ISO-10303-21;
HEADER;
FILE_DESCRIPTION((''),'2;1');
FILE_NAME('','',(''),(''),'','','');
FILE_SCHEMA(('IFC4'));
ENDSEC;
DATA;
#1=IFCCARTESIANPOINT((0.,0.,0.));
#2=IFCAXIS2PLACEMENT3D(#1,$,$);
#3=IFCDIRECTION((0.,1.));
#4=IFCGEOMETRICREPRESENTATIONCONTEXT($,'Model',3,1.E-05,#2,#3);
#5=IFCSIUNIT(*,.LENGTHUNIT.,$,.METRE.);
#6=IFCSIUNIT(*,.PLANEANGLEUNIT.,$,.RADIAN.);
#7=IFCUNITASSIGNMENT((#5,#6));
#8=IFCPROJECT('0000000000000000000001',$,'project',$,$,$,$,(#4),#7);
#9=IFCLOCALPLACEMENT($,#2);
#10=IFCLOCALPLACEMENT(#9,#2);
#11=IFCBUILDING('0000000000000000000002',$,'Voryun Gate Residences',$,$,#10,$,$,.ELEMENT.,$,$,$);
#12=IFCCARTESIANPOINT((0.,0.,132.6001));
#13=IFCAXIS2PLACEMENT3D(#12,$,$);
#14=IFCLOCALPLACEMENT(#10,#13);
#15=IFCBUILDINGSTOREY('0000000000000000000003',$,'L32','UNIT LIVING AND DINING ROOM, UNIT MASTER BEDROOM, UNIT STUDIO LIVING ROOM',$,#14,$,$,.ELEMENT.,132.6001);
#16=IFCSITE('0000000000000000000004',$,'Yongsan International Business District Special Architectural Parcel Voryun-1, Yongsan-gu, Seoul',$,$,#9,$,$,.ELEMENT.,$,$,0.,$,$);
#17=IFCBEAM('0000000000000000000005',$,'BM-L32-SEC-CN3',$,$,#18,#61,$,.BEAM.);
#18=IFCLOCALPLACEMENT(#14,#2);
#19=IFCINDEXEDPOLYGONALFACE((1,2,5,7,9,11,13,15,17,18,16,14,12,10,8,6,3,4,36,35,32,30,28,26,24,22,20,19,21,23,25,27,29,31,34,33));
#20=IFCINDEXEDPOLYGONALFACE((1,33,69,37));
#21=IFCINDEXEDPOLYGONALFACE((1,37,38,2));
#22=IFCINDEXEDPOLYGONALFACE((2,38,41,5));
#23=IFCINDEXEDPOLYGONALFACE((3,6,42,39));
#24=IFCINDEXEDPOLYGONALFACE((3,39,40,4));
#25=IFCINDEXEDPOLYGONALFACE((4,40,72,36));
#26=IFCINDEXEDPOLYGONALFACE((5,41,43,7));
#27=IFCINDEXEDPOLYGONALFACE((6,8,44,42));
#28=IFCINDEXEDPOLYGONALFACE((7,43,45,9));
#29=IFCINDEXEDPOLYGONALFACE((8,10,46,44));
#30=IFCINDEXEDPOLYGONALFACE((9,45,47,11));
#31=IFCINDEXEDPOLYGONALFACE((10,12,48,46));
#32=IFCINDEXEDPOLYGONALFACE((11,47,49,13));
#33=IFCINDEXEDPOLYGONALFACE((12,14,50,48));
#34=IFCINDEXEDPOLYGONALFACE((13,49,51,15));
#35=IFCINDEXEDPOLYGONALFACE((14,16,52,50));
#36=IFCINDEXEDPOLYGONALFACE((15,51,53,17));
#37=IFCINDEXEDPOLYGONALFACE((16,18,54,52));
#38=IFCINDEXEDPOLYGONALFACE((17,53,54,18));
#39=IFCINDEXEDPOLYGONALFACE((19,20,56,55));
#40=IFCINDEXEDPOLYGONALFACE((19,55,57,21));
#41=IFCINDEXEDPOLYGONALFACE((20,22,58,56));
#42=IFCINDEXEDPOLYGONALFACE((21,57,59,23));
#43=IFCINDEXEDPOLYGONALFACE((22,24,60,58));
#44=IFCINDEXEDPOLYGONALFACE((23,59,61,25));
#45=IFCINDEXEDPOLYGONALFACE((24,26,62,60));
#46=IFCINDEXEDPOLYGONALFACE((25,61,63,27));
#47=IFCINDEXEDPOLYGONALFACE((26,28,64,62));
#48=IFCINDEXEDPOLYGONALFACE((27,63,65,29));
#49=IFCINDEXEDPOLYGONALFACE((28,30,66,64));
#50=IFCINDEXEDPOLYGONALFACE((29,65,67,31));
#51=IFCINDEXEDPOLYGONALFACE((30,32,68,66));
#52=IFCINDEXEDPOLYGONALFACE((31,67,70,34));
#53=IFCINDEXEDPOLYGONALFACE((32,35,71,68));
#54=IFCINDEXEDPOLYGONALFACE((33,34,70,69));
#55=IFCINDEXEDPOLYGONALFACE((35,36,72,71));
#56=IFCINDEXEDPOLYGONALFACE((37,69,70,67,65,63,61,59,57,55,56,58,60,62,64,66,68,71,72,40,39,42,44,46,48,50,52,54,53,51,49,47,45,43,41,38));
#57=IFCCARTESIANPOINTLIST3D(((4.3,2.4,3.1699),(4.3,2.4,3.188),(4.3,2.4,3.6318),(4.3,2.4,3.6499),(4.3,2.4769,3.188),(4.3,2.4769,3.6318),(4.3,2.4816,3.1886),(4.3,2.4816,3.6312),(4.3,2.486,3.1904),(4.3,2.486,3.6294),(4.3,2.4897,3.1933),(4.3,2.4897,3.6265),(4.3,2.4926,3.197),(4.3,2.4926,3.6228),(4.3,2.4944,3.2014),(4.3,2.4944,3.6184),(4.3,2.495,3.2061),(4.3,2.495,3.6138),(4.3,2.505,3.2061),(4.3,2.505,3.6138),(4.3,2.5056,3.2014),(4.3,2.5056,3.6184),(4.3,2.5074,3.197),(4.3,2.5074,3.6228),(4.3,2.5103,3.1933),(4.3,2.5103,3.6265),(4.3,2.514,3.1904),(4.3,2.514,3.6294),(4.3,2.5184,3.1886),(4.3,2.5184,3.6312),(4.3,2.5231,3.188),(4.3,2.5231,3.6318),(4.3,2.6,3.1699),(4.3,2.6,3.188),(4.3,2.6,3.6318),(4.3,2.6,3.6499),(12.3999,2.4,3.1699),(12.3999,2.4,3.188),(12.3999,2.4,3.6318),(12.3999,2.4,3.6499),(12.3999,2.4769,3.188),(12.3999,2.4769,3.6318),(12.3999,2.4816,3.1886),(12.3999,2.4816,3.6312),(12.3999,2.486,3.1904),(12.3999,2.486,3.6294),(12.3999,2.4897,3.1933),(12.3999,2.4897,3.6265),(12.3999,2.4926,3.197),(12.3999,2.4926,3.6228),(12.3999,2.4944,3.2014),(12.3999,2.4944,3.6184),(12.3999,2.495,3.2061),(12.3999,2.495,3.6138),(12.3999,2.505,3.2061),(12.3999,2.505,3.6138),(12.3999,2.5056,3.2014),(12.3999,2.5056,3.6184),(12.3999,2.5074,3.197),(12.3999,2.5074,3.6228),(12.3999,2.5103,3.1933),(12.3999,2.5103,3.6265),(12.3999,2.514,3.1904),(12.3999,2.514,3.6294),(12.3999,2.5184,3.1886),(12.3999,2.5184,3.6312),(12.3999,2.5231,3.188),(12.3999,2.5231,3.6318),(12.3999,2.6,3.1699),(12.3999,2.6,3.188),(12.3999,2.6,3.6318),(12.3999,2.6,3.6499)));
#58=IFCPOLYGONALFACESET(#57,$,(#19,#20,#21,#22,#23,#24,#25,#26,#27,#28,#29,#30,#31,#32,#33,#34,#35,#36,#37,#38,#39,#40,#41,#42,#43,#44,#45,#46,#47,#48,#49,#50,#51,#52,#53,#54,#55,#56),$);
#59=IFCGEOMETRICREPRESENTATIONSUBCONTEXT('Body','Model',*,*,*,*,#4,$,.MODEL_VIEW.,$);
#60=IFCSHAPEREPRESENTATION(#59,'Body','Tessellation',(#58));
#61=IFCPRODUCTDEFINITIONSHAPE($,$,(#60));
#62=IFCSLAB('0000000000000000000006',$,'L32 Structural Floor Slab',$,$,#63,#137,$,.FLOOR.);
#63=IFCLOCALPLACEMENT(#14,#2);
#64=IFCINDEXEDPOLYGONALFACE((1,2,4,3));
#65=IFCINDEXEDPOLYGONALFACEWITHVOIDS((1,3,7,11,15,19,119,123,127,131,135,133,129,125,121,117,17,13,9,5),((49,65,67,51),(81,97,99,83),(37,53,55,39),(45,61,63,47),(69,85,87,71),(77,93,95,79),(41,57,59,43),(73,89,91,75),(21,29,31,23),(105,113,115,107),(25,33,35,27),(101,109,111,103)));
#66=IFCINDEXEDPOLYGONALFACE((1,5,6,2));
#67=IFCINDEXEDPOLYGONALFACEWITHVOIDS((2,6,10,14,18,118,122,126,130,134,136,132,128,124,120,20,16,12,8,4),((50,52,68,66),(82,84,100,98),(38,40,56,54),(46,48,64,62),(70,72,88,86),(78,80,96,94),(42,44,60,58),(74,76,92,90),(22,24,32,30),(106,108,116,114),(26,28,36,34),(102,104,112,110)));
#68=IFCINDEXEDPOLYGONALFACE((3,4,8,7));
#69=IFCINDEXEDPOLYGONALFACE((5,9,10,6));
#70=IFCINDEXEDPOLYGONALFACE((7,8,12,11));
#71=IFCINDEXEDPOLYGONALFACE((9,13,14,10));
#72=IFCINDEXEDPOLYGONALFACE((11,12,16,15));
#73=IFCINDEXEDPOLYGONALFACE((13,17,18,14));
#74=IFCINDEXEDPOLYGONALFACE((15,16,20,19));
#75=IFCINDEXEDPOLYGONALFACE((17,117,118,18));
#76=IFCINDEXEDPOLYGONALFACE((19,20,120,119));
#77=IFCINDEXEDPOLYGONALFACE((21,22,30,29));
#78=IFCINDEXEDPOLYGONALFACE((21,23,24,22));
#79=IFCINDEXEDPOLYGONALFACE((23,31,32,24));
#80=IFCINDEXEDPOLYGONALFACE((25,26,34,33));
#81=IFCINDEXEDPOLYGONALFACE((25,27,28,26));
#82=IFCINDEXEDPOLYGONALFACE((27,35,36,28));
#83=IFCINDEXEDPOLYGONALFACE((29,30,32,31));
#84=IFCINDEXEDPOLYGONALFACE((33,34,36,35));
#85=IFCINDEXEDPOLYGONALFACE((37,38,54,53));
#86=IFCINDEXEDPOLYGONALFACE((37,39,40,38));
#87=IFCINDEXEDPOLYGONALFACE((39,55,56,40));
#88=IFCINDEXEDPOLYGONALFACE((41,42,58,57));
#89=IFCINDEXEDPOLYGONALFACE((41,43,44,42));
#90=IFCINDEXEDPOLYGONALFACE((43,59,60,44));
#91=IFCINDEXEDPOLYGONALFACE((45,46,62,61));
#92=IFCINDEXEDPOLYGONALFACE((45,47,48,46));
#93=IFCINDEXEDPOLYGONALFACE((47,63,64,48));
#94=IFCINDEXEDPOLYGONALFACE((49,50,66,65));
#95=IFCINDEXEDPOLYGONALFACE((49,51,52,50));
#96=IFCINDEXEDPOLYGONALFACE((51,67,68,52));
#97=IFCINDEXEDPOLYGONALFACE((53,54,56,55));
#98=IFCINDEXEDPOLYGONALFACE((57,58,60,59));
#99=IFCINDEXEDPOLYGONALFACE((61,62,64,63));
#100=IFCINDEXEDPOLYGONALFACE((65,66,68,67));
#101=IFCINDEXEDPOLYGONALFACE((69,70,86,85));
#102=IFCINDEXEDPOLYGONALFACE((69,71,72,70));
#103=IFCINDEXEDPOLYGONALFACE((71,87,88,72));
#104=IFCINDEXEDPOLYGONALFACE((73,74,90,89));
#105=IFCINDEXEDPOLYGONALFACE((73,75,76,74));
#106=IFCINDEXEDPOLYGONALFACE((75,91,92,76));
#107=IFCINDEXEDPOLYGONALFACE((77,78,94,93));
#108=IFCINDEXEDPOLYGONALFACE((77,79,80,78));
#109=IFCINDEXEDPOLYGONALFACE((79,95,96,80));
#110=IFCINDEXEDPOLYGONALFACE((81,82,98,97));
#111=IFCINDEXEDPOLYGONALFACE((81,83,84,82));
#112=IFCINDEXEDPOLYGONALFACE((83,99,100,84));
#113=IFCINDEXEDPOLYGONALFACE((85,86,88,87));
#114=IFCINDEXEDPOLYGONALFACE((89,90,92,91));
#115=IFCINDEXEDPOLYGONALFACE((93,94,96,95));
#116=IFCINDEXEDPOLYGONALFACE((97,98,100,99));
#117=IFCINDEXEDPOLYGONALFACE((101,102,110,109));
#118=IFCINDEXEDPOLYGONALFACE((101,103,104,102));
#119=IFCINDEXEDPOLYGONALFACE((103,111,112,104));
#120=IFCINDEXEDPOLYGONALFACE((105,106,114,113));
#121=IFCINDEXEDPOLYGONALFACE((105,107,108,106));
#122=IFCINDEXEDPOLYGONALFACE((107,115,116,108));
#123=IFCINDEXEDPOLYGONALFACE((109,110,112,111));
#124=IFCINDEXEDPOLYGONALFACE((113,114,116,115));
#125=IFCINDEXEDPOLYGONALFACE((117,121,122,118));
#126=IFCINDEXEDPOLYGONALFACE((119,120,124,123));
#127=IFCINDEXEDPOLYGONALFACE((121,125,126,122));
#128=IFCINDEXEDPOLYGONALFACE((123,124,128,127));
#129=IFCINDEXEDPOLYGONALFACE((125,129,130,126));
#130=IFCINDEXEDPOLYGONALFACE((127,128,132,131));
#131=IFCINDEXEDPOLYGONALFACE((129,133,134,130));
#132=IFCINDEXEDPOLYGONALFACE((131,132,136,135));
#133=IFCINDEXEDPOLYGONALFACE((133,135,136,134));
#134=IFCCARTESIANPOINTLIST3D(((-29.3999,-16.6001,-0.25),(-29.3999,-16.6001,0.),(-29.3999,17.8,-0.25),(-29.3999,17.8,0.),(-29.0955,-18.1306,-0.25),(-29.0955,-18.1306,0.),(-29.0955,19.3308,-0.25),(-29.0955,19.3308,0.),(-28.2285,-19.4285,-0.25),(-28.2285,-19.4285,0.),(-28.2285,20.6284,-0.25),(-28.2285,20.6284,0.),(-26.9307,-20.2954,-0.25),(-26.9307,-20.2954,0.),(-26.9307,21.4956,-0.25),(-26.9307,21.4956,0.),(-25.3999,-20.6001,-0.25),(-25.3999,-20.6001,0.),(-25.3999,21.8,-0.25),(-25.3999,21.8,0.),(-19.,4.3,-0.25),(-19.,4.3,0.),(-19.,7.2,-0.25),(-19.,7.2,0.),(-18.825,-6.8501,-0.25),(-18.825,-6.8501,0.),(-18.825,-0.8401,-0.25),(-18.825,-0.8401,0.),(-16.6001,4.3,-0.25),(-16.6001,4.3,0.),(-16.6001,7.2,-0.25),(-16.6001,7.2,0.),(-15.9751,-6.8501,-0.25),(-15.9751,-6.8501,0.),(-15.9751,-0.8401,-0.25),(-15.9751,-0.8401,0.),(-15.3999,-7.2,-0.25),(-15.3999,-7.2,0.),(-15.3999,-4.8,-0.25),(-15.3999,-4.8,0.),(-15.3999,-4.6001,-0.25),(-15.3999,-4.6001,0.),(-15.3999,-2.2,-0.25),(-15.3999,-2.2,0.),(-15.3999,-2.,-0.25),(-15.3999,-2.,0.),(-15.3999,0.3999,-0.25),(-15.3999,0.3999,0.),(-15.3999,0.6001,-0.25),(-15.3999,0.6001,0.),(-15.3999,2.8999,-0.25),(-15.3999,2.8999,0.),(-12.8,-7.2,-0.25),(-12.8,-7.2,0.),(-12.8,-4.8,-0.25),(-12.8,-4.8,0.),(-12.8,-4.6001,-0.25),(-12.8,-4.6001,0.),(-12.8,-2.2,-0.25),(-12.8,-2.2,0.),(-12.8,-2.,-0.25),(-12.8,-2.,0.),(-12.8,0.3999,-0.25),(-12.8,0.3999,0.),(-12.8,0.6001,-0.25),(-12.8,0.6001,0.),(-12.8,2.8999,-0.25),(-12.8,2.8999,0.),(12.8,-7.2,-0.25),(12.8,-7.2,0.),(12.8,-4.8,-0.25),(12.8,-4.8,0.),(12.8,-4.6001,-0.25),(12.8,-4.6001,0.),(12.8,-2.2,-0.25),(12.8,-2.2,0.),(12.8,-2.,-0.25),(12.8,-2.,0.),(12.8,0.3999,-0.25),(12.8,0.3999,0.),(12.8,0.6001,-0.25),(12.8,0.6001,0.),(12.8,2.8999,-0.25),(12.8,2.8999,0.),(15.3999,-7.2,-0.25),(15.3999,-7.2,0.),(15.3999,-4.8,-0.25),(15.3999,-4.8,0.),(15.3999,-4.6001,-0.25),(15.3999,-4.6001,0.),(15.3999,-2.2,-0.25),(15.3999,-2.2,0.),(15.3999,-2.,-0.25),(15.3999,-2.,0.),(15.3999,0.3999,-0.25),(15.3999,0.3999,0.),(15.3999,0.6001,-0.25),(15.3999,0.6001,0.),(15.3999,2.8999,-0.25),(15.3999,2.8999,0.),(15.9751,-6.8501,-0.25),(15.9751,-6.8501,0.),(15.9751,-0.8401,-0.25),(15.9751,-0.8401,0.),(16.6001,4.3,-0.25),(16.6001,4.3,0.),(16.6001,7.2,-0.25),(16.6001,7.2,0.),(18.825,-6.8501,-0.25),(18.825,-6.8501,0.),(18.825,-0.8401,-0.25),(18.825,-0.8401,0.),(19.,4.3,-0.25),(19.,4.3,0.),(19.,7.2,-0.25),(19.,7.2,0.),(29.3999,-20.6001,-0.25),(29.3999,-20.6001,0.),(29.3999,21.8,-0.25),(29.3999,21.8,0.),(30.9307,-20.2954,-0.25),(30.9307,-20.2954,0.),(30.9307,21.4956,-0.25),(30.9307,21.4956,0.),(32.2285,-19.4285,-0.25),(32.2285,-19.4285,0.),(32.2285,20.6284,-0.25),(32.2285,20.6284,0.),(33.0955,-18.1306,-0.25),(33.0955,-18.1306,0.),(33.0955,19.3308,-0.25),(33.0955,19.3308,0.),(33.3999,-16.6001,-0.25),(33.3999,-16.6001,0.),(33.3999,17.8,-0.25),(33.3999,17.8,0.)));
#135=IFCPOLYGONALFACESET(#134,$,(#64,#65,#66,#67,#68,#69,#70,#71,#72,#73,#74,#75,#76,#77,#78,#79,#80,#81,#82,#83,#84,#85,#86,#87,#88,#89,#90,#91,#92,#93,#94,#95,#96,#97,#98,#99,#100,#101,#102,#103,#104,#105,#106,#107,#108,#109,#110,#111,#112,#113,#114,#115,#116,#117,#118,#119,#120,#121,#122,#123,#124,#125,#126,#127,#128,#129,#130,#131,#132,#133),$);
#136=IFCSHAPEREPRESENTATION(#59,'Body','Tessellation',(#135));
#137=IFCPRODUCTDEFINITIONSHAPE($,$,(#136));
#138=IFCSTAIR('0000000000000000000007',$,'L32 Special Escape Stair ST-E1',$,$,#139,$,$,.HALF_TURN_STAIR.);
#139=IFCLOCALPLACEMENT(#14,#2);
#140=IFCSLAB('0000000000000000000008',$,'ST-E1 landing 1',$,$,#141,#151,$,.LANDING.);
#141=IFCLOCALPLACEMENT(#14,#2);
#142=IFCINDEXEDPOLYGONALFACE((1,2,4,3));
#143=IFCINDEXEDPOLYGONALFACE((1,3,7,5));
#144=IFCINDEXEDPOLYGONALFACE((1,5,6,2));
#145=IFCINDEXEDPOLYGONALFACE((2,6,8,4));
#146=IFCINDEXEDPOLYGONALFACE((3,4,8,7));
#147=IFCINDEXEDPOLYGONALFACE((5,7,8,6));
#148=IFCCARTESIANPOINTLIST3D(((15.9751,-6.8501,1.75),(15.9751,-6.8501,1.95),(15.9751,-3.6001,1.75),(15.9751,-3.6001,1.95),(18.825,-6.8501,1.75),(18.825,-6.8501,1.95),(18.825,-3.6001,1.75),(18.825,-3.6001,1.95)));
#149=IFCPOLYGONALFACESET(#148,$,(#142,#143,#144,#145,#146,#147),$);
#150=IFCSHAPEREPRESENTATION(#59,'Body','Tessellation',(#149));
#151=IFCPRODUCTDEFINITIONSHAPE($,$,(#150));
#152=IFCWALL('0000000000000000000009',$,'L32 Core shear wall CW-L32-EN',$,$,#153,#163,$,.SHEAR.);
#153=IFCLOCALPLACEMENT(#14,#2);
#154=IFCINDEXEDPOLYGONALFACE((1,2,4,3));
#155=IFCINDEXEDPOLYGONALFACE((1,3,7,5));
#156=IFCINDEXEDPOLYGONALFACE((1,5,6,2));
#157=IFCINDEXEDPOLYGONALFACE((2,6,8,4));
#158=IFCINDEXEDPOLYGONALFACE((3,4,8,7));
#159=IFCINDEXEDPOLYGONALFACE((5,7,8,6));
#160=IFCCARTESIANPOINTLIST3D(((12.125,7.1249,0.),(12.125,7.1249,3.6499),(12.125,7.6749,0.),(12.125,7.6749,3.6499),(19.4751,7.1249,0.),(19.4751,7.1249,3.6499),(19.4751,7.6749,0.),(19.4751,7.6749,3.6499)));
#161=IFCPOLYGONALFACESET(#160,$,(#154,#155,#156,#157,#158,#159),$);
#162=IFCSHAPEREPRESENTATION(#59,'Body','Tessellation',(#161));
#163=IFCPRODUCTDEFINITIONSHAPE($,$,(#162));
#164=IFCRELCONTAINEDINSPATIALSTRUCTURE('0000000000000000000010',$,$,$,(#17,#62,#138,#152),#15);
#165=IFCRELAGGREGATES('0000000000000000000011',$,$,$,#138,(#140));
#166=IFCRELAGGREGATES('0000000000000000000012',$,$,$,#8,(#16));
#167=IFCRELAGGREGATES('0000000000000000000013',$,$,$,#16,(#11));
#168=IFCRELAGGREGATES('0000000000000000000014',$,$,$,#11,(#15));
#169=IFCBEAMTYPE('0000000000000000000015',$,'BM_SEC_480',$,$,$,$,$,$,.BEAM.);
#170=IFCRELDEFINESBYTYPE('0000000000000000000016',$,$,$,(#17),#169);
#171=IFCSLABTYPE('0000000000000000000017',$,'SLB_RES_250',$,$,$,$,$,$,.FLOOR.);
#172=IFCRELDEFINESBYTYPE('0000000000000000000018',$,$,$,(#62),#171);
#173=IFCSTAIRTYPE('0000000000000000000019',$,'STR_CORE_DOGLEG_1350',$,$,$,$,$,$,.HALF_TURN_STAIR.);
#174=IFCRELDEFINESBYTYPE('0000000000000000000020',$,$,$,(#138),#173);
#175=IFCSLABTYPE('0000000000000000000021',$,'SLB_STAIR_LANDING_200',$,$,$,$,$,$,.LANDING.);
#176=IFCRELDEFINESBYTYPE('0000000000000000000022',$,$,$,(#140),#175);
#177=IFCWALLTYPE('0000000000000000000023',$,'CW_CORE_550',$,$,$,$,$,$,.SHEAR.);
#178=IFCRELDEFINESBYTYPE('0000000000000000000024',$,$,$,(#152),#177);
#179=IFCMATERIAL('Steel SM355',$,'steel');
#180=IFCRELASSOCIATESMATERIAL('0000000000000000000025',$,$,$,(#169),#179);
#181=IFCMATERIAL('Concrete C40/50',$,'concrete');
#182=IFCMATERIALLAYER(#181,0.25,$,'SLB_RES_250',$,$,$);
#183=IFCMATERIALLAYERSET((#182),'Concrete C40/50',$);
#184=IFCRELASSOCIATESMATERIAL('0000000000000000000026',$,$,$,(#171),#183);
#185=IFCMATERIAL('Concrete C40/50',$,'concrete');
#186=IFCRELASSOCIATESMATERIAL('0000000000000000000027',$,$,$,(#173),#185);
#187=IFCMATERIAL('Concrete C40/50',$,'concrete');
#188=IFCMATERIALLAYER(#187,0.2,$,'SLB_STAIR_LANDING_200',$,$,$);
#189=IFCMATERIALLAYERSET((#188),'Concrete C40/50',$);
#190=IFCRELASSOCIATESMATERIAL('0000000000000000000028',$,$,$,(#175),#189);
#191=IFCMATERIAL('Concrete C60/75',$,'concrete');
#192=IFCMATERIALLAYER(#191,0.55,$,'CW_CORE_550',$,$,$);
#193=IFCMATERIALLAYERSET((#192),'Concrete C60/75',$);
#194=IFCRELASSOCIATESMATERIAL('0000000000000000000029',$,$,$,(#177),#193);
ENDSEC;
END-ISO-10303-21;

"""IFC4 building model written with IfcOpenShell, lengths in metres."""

from ifc_helpers import new_model, si_unit, direction, frame, frame_2d, origin, origin_2d, place, context, subcontext, project, spatial, polyline, rectangle, i_section, outline, extrude, material, layer, layer_set, material_profile, profile_set, type_object, element, aggregate, save


model = new_model("IFC4")

# Units and contexts
model_context = context("Model", 3, precision=1e-05, world=origin(), true_north=direction((0.0, 1.0)))
body_context = subcontext(model_context, "Body", "Model", "MODEL_VIEW")
ifc_project = project(units=[si_unit("LENGTHUNIT", "METRE"), si_unit("PLANEANGLEUNIT", "RADIAN")], contexts=[model_context])

# Site, building, storey
site_placement = place(None, origin())
site = spatial("IfcSite", under=ifc_project, at=site_placement, Name="Yongsan International Business District Special Architectural Parcel Voryun-1, Yongsan-gu, Seoul", CompositionType="ELEMENT", RefElevation=0.0)
building_placement = place(site_placement, origin())
building = spatial("IfcBuilding", under=site, at=building_placement, Name="Voryun Gate Residences", CompositionType="ELEMENT")
storey_placement = place(building_placement, frame((0.0, 0.0, 132.6001)))
storey = spatial("IfcBuildingStorey", under=building, at=storey_placement, Name="L32", Description="UNIT LIVING AND DINING ROOM, UNIT MASTER BEDROOM, UNIT STUDIO LIVING ROOM", CompositionType="ELEMENT", Elevation=132.6001)

# Beam
ifc_material_1 = material(Name="Steel SM355", Category="steel")
ifc_material_profile_1 = material_profile(ifc_material_1, i_section(OverallWidth=0.2, OverallDepth=0.48, WebThickness=0.01, FlangeThickness=0.0181, FilletRadius=0.0181, at=origin_2d()), Name="H-480x200x10x18")
ifc_profile_set_1 = profile_set([ifc_material_profile_1], Name="Steel SM355")
beam_type_1 = type_object("IfcBeamType", Name="BM_SEC_480", PredefinedType="BEAM", material=ifc_profile_set_1)
for number, where, z_axis, x_axis, name in (
    (1, (4.3, 2.5, 3.4099), (1.0, 0.0, 0.0), (0.0, 1.0, 0.0), "BM-L32-SEC-CN3"),
):
    element("IfcBeam", number, at=place(storey_placement, frame(where, z_axis=z_axis, x_axis=x_axis)), inside=storey, type_object=beam_type_1, Name=name, PredefinedType="BEAM", context=body_context, shape_type="SweptSolid", body=[
        extrude(i_section(OverallWidth=0.2, OverallDepth=0.48, WebThickness=0.01, FlangeThickness=0.0181, FilletRadius=0.0181, at=origin_2d()), origin(), (0.0, 0.0, 1.0), 8.0999),
    ])

# Slab
ifc_material_2 = material(Name="Concrete C40/50", Category="concrete")
ifc_layer_1 = layer(ifc_material_2, 0.25, Name="SLB_RES_250")
ifc_layer_set_1 = layer_set([ifc_layer_1], Name="Concrete C40/50")
slab_type_1 = type_object("IfcSlabType", Name="SLB_RES_250", PredefinedType="FLOOR", material=ifc_layer_set_1)
slab_1_placement = place(storey_placement, frame((0.0, 0.0, -0.25)))
element("IfcSlab", 2, at=slab_1_placement, inside=storey, type_object=slab_type_1, Name="L32 Structural Floor Slab", PredefinedType="FLOOR", context=body_context, shape_type="SweptSolid", body=[
    extrude(outline(polyline([(-25.3999, -20.6001), (-26.9307, -20.2954), (-28.2285, -19.4285), (-29.0955, -18.1306), (-29.3999, -16.6001), (-29.3999, 17.8), (-29.0955, 19.3308), (-28.2285, 20.6284), (-26.9307, 21.4956), (-25.3999, 21.8), (29.3999, 21.8), (30.9307, 21.4956), (32.2285, 20.6284), (33.0955, 19.3308), (33.3999, 17.8), (33.3999, -16.6001), (33.0955, -18.1306), (32.2285, -19.4285), (30.9307, -20.2954), (29.3999, -20.6001), (-25.3999, -20.6001)]), holes=[polyline([(-12.8, -4.8), (-15.3999, -4.8), (-15.3999, -7.2), (-12.8, -7.2), (-12.8, -4.8)]), polyline([(-18.825, -6.8501), (-15.9751, -6.8501), (-15.9751, -0.8401), (-18.825, -0.8401), (-18.825, -6.8501)]), polyline([(-12.8, -4.6001), (-12.8, -2.2), (-15.3999, -2.2), (-15.3999, -4.6001), (-12.8, -4.6001)]), polyline([(-12.8, 0.3999), (-15.3999, 0.3999), (-15.3999, -2.0), (-12.8, -2.0), (-12.8, 0.3999)]), polyline([(-12.8, 0.6001), (-12.8, 2.8999), (-15.3999, 2.8999), (-15.3999, 0.6001), (-12.8, 0.6001)]), polyline([(-16.6001, 4.3), (-16.6001, 7.2), (-19.0, 7.2), (-19.0, 4.3), (-16.6001, 4.3)]), polyline([(15.3999, -4.8), (12.8, -4.8), (12.8, -7.2), (15.3999, -7.2), (15.3999, -4.8)]), polyline([(15.9751, -6.8501), (18.825, -6.8501), (18.825, -0.8401), (15.9751, -0.8401), (15.9751, -6.8501)]), polyline([(15.3999, -4.6001), (15.3999, -2.2), (12.8, -2.2), (12.8, -4.6001), (15.3999, -4.6001)]), polyline([(15.3999, 0.3999), (12.8, 0.3999), (12.8, -2.0), (15.3999, -2.0), (15.3999, 0.3999)]), polyline([(15.3999, 0.6001), (15.3999, 2.8999), (12.8, 2.8999), (12.8, 0.6001), (15.3999, 0.6001)]), polyline([(19.0, 4.3), (19.0, 7.2), (16.6001, 7.2), (16.6001, 4.3), (19.0, 4.3)])]), origin(), (0.0, 0.0, 1.0), 0.25),
])

# Stair, slab
ifc_material_3 = material(Name="Concrete C40/50", Category="concrete")
stair_type = type_object("IfcStairType", Name="STR_CORE_DOGLEG_1350", PredefinedType="HALF_TURN_STAIR", material=ifc_material_3)
stair_placement = place(storey_placement, origin())
stair = element("IfcStair", 3, at=stair_placement, inside=storey, type_object=stair_type, Name="L32 Special Escape Stair ST-E1", PredefinedType="HALF_TURN_STAIR")
ifc_material_4 = material(Name="Concrete C40/50", Category="concrete")
ifc_layer_2 = layer(ifc_material_4, 0.2, Name="SLB_STAIR_LANDING_200")
ifc_layer_set_2 = layer_set([ifc_layer_2], Name="Concrete C40/50")
slab_type_2 = type_object("IfcSlabType", Name="SLB_STAIR_LANDING_200", PredefinedType="LANDING", material=ifc_layer_set_2)
slab_2_placement = place(storey_placement, frame((0.0, 0.0, 1.75)))
slab_2 = element("IfcSlab", 4, at=slab_2_placement, type_object=slab_type_2, Name="ST-E1 landing 1", PredefinedType="LANDING", context=body_context, shape_type="SweptSolid", body=[
    extrude(outline(polyline([(15.9751, -3.6001), (15.9751, -6.8501), (18.825, -6.8501), (18.825, -3.6001), (15.9751, -3.6001)])), origin(), (0.0, 0.0, 1.0), 0.2),
])
aggregate(stair, [slab_2])

# Wall
ifc_material_5 = material(Name="Concrete C60/75", Category="concrete")
ifc_layer_3 = layer(ifc_material_5, 0.55, Name="CW_CORE_550")
ifc_layer_set_3 = layer_set([ifc_layer_3], Name="Concrete C60/75")
wall_type_1 = type_object("IfcWallType", Name="CW_CORE_550", PredefinedType="SHEAR", material=ifc_layer_set_3)
wall_1_placement = place(storey_placement, frame((12.125, 7.3999, 0.0), z_axis=(0.0, 0.0, 1.0), x_axis=(1.0, 0.0, 0.0)))
element("IfcWall", 5, at=wall_1_placement, inside=storey, type_object=wall_type_1, Name="L32 Core shear wall CW-L32-EN", PredefinedType="SHEAR", context=body_context, shape_type="SweptSolid", body=[
    extrude(rectangle(XDim=7.3501, YDim=0.55, at=frame_2d((3.675, 0.0))), origin(), (0.0, 0.0, 1.0), 3.6499),
])

save(model, "model.ifc")
